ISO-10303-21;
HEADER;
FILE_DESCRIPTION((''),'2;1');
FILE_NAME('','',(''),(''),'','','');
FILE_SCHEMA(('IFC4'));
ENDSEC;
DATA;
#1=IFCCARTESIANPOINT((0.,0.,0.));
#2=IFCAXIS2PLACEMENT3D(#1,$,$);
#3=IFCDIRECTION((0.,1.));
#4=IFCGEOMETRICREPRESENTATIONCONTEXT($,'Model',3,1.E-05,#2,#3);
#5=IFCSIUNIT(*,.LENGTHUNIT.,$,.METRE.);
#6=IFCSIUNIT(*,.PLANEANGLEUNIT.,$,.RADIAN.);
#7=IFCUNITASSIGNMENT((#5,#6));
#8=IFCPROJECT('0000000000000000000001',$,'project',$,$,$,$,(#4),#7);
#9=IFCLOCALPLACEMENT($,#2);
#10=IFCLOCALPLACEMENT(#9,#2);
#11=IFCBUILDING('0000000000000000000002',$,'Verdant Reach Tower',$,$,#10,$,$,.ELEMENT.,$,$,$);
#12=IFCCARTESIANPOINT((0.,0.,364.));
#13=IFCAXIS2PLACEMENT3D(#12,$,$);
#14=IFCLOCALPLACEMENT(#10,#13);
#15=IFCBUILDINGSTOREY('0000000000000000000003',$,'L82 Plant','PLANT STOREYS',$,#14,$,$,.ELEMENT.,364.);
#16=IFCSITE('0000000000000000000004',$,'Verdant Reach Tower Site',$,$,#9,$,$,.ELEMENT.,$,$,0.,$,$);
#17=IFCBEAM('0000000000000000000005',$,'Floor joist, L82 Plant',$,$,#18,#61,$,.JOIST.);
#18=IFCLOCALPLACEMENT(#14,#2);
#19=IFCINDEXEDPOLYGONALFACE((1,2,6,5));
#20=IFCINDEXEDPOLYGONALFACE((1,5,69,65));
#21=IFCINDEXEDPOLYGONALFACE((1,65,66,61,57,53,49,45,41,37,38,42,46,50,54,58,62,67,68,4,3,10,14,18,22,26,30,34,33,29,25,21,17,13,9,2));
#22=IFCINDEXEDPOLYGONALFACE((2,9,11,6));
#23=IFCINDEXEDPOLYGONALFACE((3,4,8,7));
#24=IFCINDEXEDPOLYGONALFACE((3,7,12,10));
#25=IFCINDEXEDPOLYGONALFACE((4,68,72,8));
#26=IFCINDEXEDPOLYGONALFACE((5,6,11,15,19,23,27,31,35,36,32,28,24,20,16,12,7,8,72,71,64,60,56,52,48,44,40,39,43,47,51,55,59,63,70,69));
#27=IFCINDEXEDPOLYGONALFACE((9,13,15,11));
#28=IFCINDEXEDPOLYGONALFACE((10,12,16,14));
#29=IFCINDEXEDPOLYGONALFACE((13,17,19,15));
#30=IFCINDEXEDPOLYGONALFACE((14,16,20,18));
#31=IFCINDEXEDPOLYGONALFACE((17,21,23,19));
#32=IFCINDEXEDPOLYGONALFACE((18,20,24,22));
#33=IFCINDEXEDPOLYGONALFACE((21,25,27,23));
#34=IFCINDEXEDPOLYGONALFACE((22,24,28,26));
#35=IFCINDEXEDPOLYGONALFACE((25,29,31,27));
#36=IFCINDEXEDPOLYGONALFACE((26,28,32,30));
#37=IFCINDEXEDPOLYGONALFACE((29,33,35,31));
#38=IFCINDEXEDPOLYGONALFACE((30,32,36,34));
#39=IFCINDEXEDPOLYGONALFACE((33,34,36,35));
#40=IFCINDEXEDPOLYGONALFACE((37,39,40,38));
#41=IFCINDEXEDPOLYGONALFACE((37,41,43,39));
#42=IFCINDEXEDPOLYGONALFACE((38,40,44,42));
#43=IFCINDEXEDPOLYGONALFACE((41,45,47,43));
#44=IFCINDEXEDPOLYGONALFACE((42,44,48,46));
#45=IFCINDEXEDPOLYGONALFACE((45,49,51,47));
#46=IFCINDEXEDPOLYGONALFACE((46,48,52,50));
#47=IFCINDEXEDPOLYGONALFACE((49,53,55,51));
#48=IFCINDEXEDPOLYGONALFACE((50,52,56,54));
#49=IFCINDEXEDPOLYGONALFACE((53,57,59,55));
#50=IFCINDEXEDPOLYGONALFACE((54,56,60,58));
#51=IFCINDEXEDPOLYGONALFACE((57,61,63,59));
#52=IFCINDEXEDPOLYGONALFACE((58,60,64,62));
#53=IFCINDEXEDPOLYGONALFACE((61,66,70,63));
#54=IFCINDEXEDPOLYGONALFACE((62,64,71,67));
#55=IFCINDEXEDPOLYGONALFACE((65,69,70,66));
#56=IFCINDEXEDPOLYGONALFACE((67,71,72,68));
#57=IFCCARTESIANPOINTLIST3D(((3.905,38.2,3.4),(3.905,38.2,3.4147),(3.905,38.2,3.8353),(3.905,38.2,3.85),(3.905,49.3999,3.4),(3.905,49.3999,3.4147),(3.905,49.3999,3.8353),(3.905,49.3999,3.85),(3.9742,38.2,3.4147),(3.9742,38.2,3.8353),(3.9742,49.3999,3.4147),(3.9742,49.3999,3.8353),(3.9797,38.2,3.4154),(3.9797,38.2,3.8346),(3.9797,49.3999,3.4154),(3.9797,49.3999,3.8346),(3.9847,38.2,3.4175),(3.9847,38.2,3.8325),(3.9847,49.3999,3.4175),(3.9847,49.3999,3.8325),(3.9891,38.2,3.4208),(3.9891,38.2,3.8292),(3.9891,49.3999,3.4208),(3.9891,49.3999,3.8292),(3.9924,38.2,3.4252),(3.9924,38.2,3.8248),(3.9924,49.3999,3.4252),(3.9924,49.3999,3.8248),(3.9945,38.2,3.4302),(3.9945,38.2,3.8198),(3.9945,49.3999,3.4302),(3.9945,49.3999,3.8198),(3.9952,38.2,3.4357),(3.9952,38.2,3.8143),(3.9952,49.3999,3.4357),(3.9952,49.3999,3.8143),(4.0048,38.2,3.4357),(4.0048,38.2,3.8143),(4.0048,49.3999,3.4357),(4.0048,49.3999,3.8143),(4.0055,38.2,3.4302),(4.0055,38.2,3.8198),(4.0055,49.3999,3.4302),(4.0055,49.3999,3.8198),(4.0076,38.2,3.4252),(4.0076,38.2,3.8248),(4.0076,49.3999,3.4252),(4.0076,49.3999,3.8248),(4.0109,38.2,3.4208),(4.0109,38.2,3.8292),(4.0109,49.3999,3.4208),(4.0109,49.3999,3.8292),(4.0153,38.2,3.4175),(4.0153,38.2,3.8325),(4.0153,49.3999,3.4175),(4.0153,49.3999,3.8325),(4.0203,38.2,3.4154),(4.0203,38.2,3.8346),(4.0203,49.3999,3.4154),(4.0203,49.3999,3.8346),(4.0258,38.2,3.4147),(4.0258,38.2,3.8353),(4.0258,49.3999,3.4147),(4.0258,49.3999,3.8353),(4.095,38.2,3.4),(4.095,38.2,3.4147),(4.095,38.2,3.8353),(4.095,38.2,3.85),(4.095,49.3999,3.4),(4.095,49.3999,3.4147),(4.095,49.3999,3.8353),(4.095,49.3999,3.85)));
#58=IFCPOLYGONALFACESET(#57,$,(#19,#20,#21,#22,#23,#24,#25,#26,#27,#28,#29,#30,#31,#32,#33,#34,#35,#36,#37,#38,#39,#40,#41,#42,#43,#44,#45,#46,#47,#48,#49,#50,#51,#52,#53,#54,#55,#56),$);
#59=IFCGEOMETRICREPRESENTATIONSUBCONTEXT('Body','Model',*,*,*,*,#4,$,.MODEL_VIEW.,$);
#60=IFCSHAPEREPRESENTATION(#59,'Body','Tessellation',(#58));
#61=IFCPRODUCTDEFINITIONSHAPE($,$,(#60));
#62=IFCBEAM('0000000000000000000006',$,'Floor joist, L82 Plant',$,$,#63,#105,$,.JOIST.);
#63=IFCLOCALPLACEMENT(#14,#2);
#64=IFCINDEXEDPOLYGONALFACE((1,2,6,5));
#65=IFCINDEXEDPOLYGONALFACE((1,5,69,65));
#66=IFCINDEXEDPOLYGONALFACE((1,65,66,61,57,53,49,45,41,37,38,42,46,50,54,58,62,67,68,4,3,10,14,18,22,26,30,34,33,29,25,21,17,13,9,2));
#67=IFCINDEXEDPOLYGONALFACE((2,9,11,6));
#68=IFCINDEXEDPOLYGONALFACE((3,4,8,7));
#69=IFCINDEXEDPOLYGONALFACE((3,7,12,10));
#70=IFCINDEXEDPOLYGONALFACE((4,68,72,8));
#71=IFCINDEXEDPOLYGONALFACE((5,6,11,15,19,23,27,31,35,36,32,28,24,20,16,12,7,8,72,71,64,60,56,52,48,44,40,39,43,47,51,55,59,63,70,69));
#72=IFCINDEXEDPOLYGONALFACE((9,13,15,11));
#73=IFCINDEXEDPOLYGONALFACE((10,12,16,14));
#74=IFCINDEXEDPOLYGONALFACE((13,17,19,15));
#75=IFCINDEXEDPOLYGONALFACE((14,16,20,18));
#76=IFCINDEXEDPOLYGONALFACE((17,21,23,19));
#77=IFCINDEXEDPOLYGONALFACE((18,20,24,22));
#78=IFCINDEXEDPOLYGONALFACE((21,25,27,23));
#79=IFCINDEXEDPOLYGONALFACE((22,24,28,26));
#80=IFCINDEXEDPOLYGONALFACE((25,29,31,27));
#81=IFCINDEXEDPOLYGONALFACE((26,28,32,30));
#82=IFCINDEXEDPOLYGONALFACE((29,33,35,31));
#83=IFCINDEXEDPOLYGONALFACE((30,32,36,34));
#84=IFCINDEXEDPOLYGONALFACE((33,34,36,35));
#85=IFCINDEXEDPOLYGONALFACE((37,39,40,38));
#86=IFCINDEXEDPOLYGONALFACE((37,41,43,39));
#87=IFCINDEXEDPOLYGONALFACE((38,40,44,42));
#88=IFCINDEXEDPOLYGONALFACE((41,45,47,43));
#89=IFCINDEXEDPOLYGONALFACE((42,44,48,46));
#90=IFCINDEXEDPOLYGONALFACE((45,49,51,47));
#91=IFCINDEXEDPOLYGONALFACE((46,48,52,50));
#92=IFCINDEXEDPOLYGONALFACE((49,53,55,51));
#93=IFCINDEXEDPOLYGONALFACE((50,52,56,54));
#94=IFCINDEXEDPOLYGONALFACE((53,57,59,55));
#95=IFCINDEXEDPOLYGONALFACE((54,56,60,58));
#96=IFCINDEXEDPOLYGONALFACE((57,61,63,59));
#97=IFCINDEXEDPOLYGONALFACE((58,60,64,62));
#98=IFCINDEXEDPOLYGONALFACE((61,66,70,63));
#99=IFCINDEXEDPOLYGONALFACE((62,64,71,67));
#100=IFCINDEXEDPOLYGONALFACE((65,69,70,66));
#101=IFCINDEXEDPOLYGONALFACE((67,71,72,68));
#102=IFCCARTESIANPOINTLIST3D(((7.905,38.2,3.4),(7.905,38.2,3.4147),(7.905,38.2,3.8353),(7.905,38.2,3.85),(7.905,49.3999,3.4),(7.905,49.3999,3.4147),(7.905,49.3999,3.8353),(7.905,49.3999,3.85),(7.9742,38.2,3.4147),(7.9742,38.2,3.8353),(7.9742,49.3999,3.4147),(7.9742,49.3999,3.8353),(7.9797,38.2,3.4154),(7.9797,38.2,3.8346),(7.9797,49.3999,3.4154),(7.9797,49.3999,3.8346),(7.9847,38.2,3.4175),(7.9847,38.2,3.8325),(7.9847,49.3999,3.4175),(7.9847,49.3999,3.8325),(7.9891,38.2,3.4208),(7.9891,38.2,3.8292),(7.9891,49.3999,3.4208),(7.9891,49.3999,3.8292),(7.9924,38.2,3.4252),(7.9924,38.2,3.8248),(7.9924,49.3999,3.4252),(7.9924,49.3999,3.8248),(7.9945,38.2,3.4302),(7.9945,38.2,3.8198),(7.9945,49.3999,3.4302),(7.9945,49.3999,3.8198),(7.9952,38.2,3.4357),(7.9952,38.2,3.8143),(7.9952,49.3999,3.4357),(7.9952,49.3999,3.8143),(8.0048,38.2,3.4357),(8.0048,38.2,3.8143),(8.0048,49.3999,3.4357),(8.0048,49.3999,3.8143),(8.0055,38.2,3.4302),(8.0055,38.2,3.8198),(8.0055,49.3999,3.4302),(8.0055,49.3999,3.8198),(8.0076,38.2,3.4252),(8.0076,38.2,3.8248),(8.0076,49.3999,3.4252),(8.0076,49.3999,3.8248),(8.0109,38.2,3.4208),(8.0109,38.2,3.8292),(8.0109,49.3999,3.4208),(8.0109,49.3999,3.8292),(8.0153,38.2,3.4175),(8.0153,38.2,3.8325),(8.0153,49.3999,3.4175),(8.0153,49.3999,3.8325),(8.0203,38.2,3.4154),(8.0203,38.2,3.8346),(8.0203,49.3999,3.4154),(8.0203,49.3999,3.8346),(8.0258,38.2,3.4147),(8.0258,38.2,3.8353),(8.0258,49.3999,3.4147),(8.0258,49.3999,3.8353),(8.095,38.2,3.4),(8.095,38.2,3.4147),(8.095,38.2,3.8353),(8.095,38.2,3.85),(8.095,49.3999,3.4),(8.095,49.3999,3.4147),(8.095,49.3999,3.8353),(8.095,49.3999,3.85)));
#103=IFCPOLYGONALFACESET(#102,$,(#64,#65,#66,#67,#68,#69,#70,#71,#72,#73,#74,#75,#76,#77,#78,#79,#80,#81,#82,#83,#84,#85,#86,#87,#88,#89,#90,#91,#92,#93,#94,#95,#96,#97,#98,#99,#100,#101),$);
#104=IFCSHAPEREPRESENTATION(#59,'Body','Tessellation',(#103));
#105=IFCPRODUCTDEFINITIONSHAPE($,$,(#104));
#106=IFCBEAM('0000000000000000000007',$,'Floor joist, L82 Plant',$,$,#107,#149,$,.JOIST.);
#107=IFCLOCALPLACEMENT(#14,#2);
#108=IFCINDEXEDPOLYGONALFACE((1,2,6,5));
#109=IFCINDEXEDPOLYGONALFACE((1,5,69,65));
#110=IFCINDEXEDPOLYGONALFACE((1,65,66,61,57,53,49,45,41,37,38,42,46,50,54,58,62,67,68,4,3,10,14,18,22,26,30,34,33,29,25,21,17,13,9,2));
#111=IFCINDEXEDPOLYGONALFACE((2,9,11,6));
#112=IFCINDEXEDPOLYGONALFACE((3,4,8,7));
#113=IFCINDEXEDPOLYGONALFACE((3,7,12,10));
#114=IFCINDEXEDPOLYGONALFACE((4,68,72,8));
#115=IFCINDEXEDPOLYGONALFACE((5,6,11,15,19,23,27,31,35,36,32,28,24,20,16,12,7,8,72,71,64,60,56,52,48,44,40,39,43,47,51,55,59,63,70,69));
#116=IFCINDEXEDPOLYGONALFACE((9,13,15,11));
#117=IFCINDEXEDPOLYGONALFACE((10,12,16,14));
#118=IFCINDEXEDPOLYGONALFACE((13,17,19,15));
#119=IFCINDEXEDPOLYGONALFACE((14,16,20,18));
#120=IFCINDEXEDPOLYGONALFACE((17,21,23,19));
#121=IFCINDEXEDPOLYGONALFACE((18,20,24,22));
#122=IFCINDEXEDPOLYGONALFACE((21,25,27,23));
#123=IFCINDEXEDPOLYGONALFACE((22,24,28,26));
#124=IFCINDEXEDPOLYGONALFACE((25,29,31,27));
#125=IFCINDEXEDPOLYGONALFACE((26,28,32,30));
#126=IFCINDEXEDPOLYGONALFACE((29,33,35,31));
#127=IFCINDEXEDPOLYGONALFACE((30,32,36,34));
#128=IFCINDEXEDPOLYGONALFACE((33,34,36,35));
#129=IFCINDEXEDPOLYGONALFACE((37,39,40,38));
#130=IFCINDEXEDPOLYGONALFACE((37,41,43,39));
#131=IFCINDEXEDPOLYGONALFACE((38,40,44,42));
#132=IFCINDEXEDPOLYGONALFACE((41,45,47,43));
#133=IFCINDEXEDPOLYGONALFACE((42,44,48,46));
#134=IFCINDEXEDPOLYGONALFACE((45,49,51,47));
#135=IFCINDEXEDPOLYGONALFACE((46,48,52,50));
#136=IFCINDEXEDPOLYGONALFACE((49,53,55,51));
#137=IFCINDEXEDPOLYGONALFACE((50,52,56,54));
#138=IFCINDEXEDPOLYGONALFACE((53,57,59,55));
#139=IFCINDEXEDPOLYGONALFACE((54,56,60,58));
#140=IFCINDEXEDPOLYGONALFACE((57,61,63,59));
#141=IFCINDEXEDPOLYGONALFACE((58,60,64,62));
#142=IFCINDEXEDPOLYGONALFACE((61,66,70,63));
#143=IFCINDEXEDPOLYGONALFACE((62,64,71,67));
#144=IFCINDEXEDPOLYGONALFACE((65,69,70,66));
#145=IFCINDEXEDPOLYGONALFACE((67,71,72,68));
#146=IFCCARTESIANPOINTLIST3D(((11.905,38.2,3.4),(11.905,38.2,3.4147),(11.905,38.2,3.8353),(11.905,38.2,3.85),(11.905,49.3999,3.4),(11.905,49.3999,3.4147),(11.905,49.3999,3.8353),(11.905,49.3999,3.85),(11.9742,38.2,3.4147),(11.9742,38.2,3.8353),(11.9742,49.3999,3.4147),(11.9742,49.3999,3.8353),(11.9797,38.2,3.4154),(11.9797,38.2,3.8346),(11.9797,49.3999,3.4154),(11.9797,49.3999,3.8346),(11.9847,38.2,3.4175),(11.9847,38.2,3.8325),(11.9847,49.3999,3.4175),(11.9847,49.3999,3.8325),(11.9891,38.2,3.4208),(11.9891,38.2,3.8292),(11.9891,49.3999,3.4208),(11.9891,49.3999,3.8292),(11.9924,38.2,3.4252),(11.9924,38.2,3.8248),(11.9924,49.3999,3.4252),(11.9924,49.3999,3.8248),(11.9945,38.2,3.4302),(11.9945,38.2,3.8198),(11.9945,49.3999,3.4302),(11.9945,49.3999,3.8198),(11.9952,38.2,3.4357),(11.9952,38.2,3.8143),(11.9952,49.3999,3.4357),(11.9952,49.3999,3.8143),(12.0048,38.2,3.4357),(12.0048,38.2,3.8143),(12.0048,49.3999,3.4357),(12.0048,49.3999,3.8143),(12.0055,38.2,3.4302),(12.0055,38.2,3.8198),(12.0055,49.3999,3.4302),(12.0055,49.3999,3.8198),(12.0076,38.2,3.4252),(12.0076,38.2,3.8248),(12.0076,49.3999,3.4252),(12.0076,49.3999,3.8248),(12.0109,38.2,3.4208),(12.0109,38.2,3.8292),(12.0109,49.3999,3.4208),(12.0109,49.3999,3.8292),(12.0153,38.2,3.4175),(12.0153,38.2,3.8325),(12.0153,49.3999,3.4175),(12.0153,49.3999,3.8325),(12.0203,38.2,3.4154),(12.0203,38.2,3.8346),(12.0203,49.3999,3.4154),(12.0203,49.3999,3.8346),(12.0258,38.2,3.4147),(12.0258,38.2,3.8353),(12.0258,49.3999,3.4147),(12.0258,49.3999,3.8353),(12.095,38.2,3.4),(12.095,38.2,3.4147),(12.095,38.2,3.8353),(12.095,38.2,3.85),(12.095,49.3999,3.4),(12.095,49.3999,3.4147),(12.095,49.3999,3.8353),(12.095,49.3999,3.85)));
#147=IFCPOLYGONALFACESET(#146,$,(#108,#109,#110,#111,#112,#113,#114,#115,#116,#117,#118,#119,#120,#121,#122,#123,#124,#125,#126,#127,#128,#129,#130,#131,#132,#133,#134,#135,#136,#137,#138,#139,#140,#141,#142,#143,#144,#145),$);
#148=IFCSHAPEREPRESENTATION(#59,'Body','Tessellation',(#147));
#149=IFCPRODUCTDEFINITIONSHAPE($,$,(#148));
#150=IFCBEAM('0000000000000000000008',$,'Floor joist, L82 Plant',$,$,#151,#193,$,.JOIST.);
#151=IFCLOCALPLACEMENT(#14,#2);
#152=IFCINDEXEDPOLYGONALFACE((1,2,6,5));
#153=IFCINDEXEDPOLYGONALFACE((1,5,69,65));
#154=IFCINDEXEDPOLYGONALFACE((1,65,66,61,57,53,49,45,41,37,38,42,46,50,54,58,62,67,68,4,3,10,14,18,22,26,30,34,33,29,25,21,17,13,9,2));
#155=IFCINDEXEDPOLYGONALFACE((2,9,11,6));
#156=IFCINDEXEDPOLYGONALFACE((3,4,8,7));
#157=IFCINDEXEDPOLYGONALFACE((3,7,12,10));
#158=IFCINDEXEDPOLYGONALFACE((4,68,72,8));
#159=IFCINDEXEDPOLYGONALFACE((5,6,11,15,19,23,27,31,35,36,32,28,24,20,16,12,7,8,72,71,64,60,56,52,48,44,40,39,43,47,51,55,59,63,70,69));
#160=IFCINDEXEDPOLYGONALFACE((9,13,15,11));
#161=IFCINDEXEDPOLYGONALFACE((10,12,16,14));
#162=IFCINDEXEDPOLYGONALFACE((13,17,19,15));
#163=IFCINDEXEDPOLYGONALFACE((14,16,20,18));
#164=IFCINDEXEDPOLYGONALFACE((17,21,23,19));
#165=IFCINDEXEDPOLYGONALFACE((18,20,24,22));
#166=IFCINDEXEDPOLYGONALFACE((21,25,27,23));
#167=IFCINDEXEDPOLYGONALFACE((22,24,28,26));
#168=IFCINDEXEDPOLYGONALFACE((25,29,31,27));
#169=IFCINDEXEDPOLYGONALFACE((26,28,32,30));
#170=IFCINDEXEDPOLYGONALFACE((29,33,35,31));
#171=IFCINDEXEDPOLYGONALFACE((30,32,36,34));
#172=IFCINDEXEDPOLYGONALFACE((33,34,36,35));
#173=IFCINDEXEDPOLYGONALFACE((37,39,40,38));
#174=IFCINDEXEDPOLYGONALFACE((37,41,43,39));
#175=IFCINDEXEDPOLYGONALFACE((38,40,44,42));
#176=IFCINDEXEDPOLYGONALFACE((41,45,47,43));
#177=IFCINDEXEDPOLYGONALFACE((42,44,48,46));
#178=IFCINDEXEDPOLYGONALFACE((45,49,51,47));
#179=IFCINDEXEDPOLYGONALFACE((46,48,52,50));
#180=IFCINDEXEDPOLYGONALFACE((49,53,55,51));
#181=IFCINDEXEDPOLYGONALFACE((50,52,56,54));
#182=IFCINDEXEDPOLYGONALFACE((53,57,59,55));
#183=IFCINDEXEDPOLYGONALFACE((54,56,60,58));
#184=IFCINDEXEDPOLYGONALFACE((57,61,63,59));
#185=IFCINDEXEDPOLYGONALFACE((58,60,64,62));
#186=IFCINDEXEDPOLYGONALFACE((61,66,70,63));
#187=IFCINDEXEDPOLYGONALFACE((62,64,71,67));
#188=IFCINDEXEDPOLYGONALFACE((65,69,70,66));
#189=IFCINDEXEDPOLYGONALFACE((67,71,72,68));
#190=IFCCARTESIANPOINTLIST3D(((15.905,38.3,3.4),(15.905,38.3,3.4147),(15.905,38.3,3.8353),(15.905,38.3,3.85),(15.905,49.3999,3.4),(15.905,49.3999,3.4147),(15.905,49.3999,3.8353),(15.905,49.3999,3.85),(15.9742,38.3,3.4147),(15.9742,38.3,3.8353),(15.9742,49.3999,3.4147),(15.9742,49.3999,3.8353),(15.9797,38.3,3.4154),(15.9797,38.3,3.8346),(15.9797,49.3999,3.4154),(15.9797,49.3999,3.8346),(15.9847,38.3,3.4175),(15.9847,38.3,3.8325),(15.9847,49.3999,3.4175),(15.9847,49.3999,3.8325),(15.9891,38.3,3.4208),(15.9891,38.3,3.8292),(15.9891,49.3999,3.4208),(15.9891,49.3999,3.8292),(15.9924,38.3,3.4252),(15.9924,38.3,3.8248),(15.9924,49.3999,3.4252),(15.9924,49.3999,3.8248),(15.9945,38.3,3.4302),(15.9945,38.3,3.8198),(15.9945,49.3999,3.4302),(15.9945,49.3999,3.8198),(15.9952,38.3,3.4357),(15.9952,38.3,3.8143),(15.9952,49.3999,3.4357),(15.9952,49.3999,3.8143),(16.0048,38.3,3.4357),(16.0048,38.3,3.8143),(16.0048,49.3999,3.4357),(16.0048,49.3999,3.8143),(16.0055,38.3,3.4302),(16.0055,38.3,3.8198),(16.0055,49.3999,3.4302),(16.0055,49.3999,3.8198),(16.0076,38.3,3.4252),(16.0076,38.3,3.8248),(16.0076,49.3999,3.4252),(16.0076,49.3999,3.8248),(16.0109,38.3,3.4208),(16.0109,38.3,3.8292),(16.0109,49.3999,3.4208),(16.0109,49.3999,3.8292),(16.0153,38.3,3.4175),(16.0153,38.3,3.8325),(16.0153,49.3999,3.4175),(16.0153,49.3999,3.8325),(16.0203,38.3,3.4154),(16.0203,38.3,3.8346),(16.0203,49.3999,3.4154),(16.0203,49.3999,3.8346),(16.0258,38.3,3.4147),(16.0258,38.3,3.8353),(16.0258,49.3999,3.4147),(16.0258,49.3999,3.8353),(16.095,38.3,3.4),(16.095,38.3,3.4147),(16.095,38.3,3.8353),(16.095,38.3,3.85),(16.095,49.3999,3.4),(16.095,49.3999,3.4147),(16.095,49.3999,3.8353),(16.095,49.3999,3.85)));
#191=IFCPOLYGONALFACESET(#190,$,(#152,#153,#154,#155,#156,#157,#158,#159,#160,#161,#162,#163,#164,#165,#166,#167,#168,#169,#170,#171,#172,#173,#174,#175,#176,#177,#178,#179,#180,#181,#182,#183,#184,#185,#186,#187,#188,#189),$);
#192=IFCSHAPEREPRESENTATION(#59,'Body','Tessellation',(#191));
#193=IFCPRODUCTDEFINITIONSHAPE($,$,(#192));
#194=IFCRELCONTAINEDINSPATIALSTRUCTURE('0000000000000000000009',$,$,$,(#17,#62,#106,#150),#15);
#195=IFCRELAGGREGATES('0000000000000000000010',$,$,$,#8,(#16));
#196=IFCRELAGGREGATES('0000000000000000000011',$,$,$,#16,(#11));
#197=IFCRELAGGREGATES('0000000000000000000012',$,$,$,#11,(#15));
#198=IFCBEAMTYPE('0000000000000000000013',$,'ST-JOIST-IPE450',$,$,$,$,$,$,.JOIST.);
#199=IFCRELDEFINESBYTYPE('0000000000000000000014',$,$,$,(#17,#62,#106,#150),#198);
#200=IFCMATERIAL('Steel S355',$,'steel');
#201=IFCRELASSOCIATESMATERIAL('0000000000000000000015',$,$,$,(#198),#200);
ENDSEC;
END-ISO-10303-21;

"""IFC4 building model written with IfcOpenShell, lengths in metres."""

from ifc_helpers import new_model, si_unit, direction, frame, origin, origin_2d, place, context, subcontext, project, spatial, i_section, extrude, material, material_profile, profile_set, type_object, element, save


model = new_model("IFC4")

# Units and contexts
model_context = context("Model", 3, precision=1e-05, world=origin(), true_north=direction((0.0, 1.0)))
body_context = subcontext(model_context, "Body", "Model", "MODEL_VIEW")
ifc_project = project(units=[si_unit("LENGTHUNIT", "METRE"), si_unit("PLANEANGLEUNIT", "RADIAN")], contexts=[model_context])

# Site, building, storey
site_placement = place(None, origin())
site = spatial("IfcSite", under=ifc_project, at=site_placement, Name="Verdant Reach Tower Site", CompositionType="ELEMENT", RefElevation=0.0)
building_placement = place(site_placement, origin())
building = spatial("IfcBuilding", under=site, at=building_placement, Name="Verdant Reach Tower", CompositionType="ELEMENT")
storey_placement = place(building_placement, frame((0.0, 0.0, 364.0)))
storey = spatial("IfcBuildingStorey", under=building, at=storey_placement, Name="L82 Plant", Description="PLANT STOREYS", CompositionType="ELEMENT", Elevation=364.0)

# Beams
ifc_material_1 = material(Name="Steel S355", Category="steel")
ifc_material_profile_1 = material_profile(ifc_material_1, i_section(OverallWidth=0.1899, OverallDepth=0.45, WebThickness=0.0095, FlangeThickness=0.0146, FilletRadius=0.021, at=origin_2d()), Name="IPE 450")
ifc_profile_set_1 = profile_set([ifc_material_profile_1], Name="Steel S355")
beam_type_1 = type_object("IfcBeamType", Name="ST-JOIST-IPE450", PredefinedType="JOIST", material=ifc_profile_set_1)
for number, where, z_axis, x_axis, name in (
    (1, (4.0, 38.2, 3.625), (0.0, 1.0, 0.0), (-1.0, 0.0, 0.0), "Floor joist, L82 Plant"),
    (2, (8.0, 38.2, 3.625), (0.0, 1.0, 0.0), (-1.0, 0.0, 0.0), "Floor joist, L82 Plant"),
    (3, (12.0, 38.2, 3.625), (0.0, 1.0, 0.0), (-1.0, 0.0, 0.0), "Floor joist, L82 Plant"),
):
    element("IfcBeam", number, at=place(storey_placement, frame(where, z_axis=z_axis, x_axis=x_axis)), inside=storey, type_object=beam_type_1, Name=name, PredefinedType="JOIST", context=body_context, shape_type="SweptSolid", body=[
        extrude(i_section(OverallWidth=0.1899, OverallDepth=0.45, WebThickness=0.0095, FlangeThickness=0.0146, FilletRadius=0.021, at=origin_2d()), origin(), (0.0, 0.0, 1.0), 11.2),
    ])
beam_1_placement = place(storey_placement, frame((16.0, 38.3, 3.625), z_axis=(0.0, 1.0, 0.0), x_axis=(-1.0, 0.0, 0.0)))
element("IfcBeam", 4, at=beam_1_placement, inside=storey, type_object=beam_type_1, Name="Floor joist, L82 Plant", PredefinedType="JOIST", context=body_context, shape_type="SweptSolid", body=[
    extrude(i_section(OverallWidth=0.1899, OverallDepth=0.45, WebThickness=0.0095, FlangeThickness=0.0146, FilletRadius=0.021, at=origin_2d()), origin(), (0.0, 0.0, 1.0), 11.0999),
])

save(model, "model.ifc")
